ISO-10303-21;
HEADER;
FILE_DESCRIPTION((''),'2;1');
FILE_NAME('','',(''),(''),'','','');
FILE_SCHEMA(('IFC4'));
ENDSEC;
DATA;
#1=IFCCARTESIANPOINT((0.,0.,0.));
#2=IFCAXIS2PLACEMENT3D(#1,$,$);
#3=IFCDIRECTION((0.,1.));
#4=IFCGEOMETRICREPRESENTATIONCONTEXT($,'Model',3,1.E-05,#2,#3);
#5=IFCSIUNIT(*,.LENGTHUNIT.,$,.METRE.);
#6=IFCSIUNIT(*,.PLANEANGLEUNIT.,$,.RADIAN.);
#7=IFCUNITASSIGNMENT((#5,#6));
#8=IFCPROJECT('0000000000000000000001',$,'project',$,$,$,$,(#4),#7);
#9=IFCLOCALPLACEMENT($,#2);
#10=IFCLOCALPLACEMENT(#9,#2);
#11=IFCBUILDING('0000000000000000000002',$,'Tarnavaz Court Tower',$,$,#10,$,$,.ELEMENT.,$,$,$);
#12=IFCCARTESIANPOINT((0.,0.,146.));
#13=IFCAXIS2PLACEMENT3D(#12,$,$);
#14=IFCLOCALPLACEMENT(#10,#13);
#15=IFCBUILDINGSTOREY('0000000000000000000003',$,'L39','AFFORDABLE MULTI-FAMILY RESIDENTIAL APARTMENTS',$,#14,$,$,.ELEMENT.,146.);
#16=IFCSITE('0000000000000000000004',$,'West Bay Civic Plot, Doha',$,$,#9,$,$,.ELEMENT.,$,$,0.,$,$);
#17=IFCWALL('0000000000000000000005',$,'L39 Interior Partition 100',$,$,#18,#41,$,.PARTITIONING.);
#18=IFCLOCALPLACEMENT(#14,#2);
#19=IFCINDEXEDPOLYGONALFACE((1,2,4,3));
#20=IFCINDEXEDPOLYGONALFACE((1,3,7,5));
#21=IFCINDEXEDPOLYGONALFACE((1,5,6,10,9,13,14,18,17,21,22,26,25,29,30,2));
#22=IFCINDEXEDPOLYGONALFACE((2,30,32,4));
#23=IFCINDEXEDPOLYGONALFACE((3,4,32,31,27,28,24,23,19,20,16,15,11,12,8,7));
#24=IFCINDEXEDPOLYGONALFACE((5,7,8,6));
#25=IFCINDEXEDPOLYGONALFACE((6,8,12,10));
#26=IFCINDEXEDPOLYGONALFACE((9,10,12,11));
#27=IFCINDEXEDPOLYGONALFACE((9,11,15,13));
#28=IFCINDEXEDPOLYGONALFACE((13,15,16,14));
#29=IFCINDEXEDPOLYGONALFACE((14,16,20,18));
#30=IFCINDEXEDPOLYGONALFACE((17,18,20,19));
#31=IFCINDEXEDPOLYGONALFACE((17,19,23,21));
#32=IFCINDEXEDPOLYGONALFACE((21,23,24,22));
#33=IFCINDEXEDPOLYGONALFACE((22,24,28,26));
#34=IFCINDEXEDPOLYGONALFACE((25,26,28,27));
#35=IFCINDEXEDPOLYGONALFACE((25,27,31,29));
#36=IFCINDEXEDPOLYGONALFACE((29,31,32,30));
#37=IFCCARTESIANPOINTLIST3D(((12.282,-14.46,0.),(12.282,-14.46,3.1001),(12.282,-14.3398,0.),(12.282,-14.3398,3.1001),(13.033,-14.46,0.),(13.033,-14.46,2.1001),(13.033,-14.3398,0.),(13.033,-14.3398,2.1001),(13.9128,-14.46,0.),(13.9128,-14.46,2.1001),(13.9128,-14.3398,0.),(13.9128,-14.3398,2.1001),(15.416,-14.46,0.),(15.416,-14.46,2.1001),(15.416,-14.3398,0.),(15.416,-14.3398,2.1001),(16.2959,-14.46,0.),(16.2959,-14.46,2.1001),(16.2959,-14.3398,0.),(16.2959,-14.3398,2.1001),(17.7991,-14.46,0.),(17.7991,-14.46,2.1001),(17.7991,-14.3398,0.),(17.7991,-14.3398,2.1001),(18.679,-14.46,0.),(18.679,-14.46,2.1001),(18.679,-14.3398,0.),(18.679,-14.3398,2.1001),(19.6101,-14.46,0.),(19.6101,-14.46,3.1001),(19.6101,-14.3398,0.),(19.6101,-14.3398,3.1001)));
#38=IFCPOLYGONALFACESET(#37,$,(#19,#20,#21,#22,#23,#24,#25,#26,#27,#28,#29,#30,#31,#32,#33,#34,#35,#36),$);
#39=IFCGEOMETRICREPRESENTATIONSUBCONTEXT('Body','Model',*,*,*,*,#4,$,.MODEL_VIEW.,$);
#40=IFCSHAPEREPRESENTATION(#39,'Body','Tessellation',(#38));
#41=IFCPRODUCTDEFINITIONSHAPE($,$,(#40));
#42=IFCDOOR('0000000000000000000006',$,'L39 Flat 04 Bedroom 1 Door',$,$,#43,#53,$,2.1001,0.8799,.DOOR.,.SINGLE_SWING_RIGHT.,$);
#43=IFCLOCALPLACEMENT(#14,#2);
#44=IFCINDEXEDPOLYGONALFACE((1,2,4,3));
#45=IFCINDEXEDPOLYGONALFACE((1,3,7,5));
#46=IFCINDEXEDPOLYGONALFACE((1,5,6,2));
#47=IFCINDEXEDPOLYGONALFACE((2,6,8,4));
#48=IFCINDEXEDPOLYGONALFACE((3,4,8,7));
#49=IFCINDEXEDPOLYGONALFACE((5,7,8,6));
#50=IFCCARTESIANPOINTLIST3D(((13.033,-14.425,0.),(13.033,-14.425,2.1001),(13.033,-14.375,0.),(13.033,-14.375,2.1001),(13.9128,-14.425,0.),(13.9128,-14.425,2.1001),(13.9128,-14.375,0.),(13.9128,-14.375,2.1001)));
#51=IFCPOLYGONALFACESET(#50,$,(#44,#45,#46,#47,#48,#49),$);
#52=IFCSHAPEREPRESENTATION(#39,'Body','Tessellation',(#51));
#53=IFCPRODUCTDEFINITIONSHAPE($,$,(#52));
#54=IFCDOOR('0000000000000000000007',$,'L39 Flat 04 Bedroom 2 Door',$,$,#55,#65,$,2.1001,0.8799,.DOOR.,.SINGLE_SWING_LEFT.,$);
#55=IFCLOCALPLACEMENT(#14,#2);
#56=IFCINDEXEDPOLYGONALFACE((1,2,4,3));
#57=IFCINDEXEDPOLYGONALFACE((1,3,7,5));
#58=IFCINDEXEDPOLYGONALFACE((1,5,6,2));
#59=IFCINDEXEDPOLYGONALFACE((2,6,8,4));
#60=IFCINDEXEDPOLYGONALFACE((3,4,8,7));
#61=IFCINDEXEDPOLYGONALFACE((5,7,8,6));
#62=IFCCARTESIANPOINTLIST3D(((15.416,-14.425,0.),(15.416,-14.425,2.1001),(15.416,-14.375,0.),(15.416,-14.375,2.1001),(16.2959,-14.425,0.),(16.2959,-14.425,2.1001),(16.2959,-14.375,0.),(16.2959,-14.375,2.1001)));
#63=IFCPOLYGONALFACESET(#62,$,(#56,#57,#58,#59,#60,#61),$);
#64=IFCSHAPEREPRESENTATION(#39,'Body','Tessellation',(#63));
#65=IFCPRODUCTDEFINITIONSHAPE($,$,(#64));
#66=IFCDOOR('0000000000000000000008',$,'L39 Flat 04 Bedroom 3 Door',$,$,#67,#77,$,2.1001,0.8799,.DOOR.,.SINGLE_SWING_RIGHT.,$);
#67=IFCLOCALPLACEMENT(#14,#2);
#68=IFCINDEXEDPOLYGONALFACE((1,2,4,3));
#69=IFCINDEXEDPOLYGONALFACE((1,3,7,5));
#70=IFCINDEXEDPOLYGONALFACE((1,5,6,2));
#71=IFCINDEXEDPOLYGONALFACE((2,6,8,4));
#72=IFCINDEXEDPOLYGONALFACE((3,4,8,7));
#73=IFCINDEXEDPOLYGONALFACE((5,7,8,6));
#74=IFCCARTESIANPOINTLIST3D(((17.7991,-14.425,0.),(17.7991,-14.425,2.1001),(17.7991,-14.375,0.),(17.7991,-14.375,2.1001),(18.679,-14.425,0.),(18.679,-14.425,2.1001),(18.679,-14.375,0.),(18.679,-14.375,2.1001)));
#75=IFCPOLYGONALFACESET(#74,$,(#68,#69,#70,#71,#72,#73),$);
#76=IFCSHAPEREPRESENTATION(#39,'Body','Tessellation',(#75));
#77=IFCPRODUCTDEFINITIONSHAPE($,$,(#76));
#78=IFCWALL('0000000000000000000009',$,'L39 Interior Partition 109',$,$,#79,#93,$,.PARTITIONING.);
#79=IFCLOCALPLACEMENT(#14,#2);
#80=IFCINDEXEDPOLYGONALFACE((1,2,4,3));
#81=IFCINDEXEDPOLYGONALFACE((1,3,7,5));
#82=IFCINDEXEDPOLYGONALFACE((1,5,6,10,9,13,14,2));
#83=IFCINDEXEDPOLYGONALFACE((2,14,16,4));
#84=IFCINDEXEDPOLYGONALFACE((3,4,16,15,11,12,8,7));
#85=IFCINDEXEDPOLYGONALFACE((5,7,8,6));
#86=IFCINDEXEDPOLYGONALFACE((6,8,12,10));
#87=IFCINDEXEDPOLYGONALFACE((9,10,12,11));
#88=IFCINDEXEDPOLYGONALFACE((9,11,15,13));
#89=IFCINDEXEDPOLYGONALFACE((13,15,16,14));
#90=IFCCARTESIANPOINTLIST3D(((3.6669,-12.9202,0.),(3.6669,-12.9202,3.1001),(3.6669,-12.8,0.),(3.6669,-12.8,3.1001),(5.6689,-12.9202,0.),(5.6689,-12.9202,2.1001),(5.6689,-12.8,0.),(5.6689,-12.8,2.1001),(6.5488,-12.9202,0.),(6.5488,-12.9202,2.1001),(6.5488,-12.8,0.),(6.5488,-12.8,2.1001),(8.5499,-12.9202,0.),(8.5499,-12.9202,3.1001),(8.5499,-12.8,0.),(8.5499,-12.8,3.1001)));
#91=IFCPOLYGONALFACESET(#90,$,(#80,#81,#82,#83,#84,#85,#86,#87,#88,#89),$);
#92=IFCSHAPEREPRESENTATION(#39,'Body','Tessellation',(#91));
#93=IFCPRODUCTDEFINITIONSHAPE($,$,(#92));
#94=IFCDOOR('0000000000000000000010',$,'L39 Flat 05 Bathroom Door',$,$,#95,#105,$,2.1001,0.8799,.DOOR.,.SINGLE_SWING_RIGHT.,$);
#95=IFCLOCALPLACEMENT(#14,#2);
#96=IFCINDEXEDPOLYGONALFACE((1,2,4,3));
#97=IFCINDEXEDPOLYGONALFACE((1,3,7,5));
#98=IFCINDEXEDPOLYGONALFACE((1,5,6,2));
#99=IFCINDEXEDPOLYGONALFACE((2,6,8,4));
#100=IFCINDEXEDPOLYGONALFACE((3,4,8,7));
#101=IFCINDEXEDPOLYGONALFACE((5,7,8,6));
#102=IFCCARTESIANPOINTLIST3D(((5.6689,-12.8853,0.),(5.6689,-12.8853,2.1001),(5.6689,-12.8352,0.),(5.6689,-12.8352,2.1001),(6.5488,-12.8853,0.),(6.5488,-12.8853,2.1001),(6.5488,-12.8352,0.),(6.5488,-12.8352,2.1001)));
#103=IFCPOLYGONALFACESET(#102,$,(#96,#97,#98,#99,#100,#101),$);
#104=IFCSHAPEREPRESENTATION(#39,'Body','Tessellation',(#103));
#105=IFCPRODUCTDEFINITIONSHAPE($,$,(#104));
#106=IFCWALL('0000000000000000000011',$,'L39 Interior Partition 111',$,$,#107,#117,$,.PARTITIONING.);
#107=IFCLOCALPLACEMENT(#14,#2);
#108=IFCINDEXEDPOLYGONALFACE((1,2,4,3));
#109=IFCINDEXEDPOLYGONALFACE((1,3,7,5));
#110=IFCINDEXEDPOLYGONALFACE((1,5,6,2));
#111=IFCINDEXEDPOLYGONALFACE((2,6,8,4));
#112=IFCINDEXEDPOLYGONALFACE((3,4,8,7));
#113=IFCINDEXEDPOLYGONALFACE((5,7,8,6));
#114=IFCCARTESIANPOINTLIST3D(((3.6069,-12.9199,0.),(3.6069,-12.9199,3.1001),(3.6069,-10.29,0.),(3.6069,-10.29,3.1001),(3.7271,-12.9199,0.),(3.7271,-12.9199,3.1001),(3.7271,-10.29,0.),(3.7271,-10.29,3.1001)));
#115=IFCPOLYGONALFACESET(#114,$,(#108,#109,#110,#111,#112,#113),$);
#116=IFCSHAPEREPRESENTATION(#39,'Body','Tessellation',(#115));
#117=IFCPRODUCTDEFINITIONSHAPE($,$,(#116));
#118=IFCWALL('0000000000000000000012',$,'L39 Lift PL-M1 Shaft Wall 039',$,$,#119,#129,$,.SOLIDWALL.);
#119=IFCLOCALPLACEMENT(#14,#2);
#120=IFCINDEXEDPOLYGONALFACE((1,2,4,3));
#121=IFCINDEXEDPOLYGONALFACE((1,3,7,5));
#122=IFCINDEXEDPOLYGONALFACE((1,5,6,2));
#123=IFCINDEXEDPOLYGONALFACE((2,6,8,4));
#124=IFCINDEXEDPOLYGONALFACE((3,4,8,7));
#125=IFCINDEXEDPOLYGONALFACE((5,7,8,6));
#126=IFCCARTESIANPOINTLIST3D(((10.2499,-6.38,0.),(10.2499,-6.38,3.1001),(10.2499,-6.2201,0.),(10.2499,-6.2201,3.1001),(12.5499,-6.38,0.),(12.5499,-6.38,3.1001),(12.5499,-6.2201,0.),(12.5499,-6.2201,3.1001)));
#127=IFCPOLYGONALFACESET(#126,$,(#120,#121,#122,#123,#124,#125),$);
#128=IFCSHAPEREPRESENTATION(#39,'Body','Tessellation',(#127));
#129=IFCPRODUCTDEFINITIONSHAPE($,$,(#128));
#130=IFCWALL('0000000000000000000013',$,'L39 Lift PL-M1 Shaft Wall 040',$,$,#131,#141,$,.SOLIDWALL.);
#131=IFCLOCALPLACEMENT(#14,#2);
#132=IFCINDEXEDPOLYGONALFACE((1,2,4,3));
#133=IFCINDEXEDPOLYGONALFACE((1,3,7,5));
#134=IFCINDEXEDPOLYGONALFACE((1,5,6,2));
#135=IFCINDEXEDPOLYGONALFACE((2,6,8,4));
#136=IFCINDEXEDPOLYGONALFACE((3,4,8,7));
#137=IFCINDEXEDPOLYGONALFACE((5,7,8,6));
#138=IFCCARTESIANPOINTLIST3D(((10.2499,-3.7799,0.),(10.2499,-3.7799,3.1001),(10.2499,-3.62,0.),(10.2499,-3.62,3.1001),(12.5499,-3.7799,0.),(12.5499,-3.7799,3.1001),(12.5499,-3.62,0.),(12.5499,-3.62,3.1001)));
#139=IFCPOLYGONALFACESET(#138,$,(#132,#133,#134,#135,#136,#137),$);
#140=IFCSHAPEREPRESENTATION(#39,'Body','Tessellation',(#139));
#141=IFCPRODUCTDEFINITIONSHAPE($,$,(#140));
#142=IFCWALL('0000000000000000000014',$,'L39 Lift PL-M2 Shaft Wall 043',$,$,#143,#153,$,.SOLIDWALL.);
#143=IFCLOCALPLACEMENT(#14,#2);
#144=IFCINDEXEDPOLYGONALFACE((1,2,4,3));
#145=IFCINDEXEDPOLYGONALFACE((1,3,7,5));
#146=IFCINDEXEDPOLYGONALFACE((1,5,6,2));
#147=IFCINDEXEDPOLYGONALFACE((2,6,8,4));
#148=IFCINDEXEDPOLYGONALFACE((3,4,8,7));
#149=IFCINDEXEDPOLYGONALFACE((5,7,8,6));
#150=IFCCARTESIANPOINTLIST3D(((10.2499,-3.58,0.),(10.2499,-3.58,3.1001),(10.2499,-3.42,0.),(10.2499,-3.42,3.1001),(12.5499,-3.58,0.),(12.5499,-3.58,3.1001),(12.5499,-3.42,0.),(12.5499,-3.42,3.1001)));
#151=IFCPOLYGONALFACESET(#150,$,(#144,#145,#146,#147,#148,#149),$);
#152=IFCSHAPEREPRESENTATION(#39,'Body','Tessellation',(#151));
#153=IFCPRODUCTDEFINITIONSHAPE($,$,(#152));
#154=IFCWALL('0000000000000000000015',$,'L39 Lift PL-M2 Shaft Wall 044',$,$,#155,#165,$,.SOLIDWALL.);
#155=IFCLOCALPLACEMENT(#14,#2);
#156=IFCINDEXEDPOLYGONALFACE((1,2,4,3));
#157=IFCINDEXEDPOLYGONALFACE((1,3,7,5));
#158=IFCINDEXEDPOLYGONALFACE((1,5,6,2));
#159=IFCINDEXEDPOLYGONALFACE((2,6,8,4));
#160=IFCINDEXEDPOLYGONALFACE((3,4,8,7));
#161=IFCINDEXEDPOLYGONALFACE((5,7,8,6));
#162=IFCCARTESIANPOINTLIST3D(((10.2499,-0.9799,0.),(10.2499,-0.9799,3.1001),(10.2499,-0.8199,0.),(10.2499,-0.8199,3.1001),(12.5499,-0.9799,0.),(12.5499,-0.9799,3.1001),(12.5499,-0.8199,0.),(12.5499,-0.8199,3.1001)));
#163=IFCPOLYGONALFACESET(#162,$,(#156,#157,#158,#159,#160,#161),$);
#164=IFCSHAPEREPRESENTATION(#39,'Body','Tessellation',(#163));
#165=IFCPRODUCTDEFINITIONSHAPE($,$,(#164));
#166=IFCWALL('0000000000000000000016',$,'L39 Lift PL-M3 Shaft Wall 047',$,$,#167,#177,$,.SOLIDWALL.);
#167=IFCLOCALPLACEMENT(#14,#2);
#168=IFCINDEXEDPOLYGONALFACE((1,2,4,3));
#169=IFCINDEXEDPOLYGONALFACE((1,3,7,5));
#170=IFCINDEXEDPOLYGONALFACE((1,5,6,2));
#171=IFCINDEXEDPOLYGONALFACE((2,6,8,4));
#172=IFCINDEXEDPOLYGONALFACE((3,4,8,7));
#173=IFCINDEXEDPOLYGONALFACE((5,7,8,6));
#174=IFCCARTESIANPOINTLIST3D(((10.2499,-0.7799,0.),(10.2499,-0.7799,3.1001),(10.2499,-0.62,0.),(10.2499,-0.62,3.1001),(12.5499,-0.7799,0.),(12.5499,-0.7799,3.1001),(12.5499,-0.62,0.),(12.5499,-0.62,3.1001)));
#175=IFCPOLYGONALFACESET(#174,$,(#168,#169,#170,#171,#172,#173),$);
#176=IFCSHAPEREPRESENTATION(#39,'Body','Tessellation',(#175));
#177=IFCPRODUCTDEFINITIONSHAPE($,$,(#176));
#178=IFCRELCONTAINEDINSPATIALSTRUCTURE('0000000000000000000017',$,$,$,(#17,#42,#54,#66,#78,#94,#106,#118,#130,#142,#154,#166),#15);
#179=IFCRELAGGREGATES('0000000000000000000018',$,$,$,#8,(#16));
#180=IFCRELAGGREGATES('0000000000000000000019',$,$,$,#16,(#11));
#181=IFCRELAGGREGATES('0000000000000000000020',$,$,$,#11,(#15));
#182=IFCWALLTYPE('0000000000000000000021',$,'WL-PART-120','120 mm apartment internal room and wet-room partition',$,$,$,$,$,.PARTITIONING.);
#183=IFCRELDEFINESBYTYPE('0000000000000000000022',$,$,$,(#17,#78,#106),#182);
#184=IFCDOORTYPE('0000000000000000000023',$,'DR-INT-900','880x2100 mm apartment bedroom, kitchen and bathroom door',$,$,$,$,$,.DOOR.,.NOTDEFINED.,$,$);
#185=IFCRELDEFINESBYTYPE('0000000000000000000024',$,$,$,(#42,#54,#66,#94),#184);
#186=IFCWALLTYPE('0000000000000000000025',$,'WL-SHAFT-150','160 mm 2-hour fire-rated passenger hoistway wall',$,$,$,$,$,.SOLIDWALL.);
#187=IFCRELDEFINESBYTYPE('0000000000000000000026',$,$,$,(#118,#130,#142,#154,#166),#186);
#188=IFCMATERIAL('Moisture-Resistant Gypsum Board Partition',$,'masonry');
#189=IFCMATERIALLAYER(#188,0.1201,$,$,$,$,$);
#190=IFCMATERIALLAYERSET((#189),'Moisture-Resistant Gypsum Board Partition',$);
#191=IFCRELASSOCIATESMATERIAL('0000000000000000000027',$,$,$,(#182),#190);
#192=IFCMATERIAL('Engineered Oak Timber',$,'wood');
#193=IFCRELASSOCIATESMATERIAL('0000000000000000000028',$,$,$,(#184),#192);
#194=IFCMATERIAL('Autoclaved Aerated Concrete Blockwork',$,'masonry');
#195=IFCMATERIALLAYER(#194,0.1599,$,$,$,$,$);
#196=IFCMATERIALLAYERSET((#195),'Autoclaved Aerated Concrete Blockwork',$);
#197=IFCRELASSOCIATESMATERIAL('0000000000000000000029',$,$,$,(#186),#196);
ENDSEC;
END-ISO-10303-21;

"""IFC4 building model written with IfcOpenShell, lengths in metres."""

from ifc_helpers import new_model, si_unit, direction, frame, frame_2d, origin, place, context, subcontext, project, spatial, rectangle, extrude, material, layer, layer_set, type_object, element, fill, save


model = new_model("IFC4")

# Units and contexts
model_context = context("Model", 3, precision=1e-05, world=origin(), true_north=direction((0.0, 1.0)))
body_context = subcontext(model_context, "Body", "Model", "MODEL_VIEW")
ifc_project = project(units=[si_unit("LENGTHUNIT", "METRE"), si_unit("PLANEANGLEUNIT", "RADIAN")], contexts=[model_context])

# Site, building, storey
site_placement = place(None, origin())
site = spatial("IfcSite", under=ifc_project, at=site_placement, Name="West Bay Civic Plot, Doha", CompositionType="ELEMENT", RefElevation=0.0)
building_placement = place(site_placement, origin())
building = spatial("IfcBuilding", under=site, at=building_placement, Name="Tarnavaz Court Tower", CompositionType="ELEMENT")
storey_placement = place(building_placement, frame((0.0, 0.0, 146.0)))
storey = spatial("IfcBuildingStorey", under=building, at=storey_placement, Name="L39", Description="AFFORDABLE MULTI-FAMILY RESIDENTIAL APARTMENTS", CompositionType="ELEMENT", Elevation=146.0)

# Wall, openings, doors
ifc_material_1 = material(Name="Moisture-Resistant Gypsum Board Partition", Category="masonry")
ifc_layer_1 = layer(ifc_material_1, 0.1201)
ifc_layer_set_1 = layer_set([ifc_layer_1], Name="Moisture-Resistant Gypsum Board Partition")
wall_type_1 = type_object("IfcWallType", Name="WL-PART-120", Description="120 mm apartment internal room and wet-room partition", PredefinedType="PARTITIONING", material=ifc_layer_set_1)
wall_1_placement = place(storey_placement, frame((12.282, -14.3999, 0.0), z_axis=(0.0, 0.0, 1.0), x_axis=(1.0, 0.0, 0.0)))
wall_1 = element("IfcWall", 1, at=wall_1_placement, inside=storey, type_object=wall_type_1, Name="L39 Interior Partition 100", PredefinedType="PARTITIONING", context=body_context, shape_type="SweptSolid", body=[
    extrude(rectangle(XDim=7.3281, YDim=0.1201, at=frame_2d((3.6641, 0.0))), origin(), (0.0, 0.0, 1.0), 3.1001),
])
opening_1_placement = place(wall_1_placement, frame((0.751, 0.0, 0.0)))
opening_1 = element("IfcOpeningElement", 2, at=opening_1_placement, cuts=wall_1, PredefinedType="OPENING", context=body_context, shape_type="SweptSolid", body=[
    extrude(rectangle(XDim=0.8799, YDim=2.1001, at=frame_2d((0.4399, 1.05))), frame((0.0, 0.0701, 0.0), z_axis=(0.0, -1.0, 0.0), x_axis=(1.0, 0.0, 0.0)), (0.0, 0.0, 1.0), 0.1401),
])
opening_2_placement = place(wall_1_placement, frame((3.134, 0.0, 0.0)))
opening_2 = element("IfcOpeningElement", 3, at=opening_2_placement, cuts=wall_1, PredefinedType="OPENING", context=body_context, shape_type="SweptSolid", body=[
    extrude(rectangle(XDim=0.8799, YDim=2.1001, at=frame_2d((0.4399, 1.05))), frame((0.0, 0.0701, 0.0), z_axis=(0.0, -1.0, 0.0), x_axis=(1.0, 0.0, 0.0)), (0.0, 0.0, 1.0), 0.1401),
])
opening_3_placement = place(wall_1_placement, frame((5.5171, 0.0, 0.0)))
opening_3 = element("IfcOpeningElement", 4, at=opening_3_placement, cuts=wall_1, PredefinedType="OPENING", context=body_context, shape_type="SweptSolid", body=[
    extrude(rectangle(XDim=0.8799, YDim=2.1001, at=frame_2d((0.4399, 1.05))), frame((0.0, 0.0701, 0.0), z_axis=(0.0, -1.0, 0.0), x_axis=(1.0, 0.0, 0.0)), (0.0, 0.0, 1.0), 0.1401),
])
ifc_material_2 = material(Name="Engineered Oak Timber", Category="wood")
door_type_1 = type_object("IfcDoorType", Name="DR-INT-900", Description="880x2100 mm apartment bedroom, kitchen and bathroom door", OperationType="NOTDEFINED", PredefinedType="DOOR", material=ifc_material_2)
door_1_placement = place(opening_1_placement, origin())
door_1 = element("IfcDoor", 5, at=door_1_placement, inside=storey, type_object=door_type_1, Name="L39 Flat 04 Bedroom 1 Door", OperationType="SINGLE_SWING_RIGHT", OverallHeight=2.1001, OverallWidth=0.8799, PredefinedType="DOOR", context=body_context, shape_type="SweptSolid", body=[
    extrude(rectangle(XDim=0.8799, YDim=2.1001, at=frame_2d((0.4399, 1.05))), frame((0.0, 0.0249, 0.0), z_axis=(0.0, -1.0, 0.0), x_axis=(1.0, 0.0, 0.0)), (0.0, 0.0, 1.0), 0.05),
])
fill(opening_1, door_1)
door_2_placement = place(opening_2_placement, origin())
door_2 = element("IfcDoor", 6, at=door_2_placement, inside=storey, type_object=door_type_1, Name="L39 Flat 04 Bedroom 2 Door", OperationType="SINGLE_SWING_LEFT", OverallHeight=2.1001, OverallWidth=0.8799, PredefinedType="DOOR", context=body_context, shape_type="SweptSolid", body=[
    extrude(rectangle(XDim=0.8799, YDim=2.1001, at=frame_2d((0.4399, 1.05))), frame((0.0, 0.0249, 0.0), z_axis=(0.0, -1.0, 0.0), x_axis=(1.0, 0.0, 0.0)), (0.0, 0.0, 1.0), 0.05),
])
fill(opening_2, door_2)
door_3_placement = place(opening_3_placement, origin())
door_3 = element("IfcDoor", 7, at=door_3_placement, inside=storey, type_object=door_type_1, Name="L39 Flat 04 Bedroom 3 Door", OperationType="SINGLE_SWING_RIGHT", OverallHeight=2.1001, OverallWidth=0.8799, PredefinedType="DOOR", context=body_context, shape_type="SweptSolid", body=[
    extrude(rectangle(XDim=0.8799, YDim=2.1001, at=frame_2d((0.4399, 1.05))), frame((0.0, 0.0249, 0.0), z_axis=(0.0, -1.0, 0.0), x_axis=(1.0, 0.0, 0.0)), (0.0, 0.0, 1.0), 0.05),
])
fill(opening_3, door_3)

# Wall, opening, door
wall_2_placement = place(storey_placement, frame((3.667, -12.8601, 0.0), z_axis=(0.0, 0.0, 1.0), x_axis=(1.0, 0.0, 0.0)))
wall_2 = element("IfcWall", 8, at=wall_2_placement, inside=storey, type_object=wall_type_1, Name="L39 Interior Partition 109", PredefinedType="PARTITIONING", context=body_context, shape_type="SweptSolid", body=[
    extrude(rectangle(XDim=4.8831, YDim=0.1201, at=frame_2d((2.4414, 0.0))), origin(), (0.0, 0.0, 1.0), 3.1001),
])
opening_4_placement = place(wall_2_placement, frame((2.002, 0.0, 0.0)))
opening_4 = element("IfcOpeningElement", 9, at=opening_4_placement, cuts=wall_2, PredefinedType="OPENING", context=body_context, shape_type="SweptSolid", body=[
    extrude(rectangle(XDim=0.8799, YDim=2.1001, at=frame_2d((0.4399, 1.05))), frame((0.0, 0.0701, 0.0), z_axis=(0.0, -1.0, 0.0), x_axis=(1.0, 0.0, 0.0)), (0.0, 0.0, 1.0), 0.1401),
])
door_4_placement = place(opening_4_placement, origin())
door_4 = element("IfcDoor", 10, at=door_4_placement, inside=storey, type_object=door_type_1, Name="L39 Flat 05 Bathroom Door", OperationType="SINGLE_SWING_RIGHT", OverallHeight=2.1001, OverallWidth=0.8799, PredefinedType="DOOR", context=body_context, shape_type="SweptSolid", body=[
    extrude(rectangle(XDim=0.8799, YDim=2.1001, at=frame_2d((0.4399, 1.05))), frame((0.0, 0.0249, 0.0), z_axis=(0.0, -1.0, 0.0), x_axis=(1.0, 0.0, 0.0)), (0.0, 0.0, 1.0), 0.05),
])
fill(opening_4, door_4)

# Wall
wall_3_placement = place(storey_placement, frame((3.667, -12.9199, 0.0), z_axis=(0.0, 0.0, 1.0), x_axis=(0.0, 1.0, 0.0)))
element("IfcWall", 11, at=wall_3_placement, inside=storey, type_object=wall_type_1, Name="L39 Interior Partition 111", PredefinedType="PARTITIONING", context=body_context, shape_type="SweptSolid", body=[
    extrude(rectangle(XDim=2.6299, YDim=0.1201, at=frame_2d((1.3149, 0.0))), origin(), (0.0, 0.0, 1.0), 3.1001),
])

# Shared definitions
ifc_material_3 = material(Name="Autoclaved Aerated Concrete Blockwork", Category="masonry")
ifc_layer_2 = layer(ifc_material_3, 0.1599)
ifc_layer_set_2 = layer_set([ifc_layer_2], Name="Autoclaved Aerated Concrete Blockwork")
wall_type_2 = type_object("IfcWallType", Name="WL-SHAFT-150", Description="160 mm 2-hour fire-rated passenger hoistway wall", PredefinedType="SOLIDWALL", material=ifc_layer_set_2)

# Walls
for number, where, z_axis, x_axis, name in (
    (12, (10.25, -6.3, 0.0), (0.0, 0.0, 1.0), (1.0, 0.0, 0.0), "L39 Lift PL-M1 Shaft Wall 039"),
    (13, (10.25, -3.7, 0.0), (0.0, 0.0, 1.0), (1.0, 0.0, 0.0), "L39 Lift PL-M1 Shaft Wall 040"),
):
    element("IfcWall", number, at=place(storey_placement, frame(where, z_axis=z_axis, x_axis=x_axis)), inside=storey, type_object=wall_type_2, Name=name, PredefinedType="SOLIDWALL", context=body_context, shape_type="SweptSolid", body=[
        extrude(rectangle(XDim=2.3, YDim=0.1599, at=frame_2d((1.1499, 0.0))), origin(), (0.0, 0.0, 1.0), 3.1001),
    ])

# Walls
for number, where, z_axis, x_axis, name in (
    (14, (10.25, -3.5, 0.0), (0.0, 0.0, 1.0), (1.0, 0.0, 0.0), "L39 Lift PL-M2 Shaft Wall 043"),
    (15, (10.25, -0.8999, 0.0), (0.0, 0.0, 1.0), (1.0, 0.0, 0.0), "L39 Lift PL-M2 Shaft Wall 044"),
):
    element("IfcWall", number, at=place(storey_placement, frame(where, z_axis=z_axis, x_axis=x_axis)), inside=storey, type_object=wall_type_2, Name=name, PredefinedType="SOLIDWALL", context=body_context, shape_type="SweptSolid", body=[
        extrude(rectangle(XDim=2.3, YDim=0.1599, at=frame_2d((1.1499, 0.0))), origin(), (0.0, 0.0, 1.0), 3.1001),
    ])

# Wall
wall_4_placement = place(storey_placement, frame((10.25, -0.7, 0.0), z_axis=(0.0, 0.0, 1.0), x_axis=(1.0, 0.0, 0.0)))
element("IfcWall", 16, at=wall_4_placement, inside=storey, type_object=wall_type_2, Name="L39 Lift PL-M3 Shaft Wall 047", PredefinedType="SOLIDWALL", context=body_context, shape_type="SweptSolid", body=[
    extrude(rectangle(XDim=2.3, YDim=0.1599, at=frame_2d((1.1499, 0.0))), origin(), (0.0, 0.0, 1.0), 3.1001),
])

save(model, "model.ifc")
